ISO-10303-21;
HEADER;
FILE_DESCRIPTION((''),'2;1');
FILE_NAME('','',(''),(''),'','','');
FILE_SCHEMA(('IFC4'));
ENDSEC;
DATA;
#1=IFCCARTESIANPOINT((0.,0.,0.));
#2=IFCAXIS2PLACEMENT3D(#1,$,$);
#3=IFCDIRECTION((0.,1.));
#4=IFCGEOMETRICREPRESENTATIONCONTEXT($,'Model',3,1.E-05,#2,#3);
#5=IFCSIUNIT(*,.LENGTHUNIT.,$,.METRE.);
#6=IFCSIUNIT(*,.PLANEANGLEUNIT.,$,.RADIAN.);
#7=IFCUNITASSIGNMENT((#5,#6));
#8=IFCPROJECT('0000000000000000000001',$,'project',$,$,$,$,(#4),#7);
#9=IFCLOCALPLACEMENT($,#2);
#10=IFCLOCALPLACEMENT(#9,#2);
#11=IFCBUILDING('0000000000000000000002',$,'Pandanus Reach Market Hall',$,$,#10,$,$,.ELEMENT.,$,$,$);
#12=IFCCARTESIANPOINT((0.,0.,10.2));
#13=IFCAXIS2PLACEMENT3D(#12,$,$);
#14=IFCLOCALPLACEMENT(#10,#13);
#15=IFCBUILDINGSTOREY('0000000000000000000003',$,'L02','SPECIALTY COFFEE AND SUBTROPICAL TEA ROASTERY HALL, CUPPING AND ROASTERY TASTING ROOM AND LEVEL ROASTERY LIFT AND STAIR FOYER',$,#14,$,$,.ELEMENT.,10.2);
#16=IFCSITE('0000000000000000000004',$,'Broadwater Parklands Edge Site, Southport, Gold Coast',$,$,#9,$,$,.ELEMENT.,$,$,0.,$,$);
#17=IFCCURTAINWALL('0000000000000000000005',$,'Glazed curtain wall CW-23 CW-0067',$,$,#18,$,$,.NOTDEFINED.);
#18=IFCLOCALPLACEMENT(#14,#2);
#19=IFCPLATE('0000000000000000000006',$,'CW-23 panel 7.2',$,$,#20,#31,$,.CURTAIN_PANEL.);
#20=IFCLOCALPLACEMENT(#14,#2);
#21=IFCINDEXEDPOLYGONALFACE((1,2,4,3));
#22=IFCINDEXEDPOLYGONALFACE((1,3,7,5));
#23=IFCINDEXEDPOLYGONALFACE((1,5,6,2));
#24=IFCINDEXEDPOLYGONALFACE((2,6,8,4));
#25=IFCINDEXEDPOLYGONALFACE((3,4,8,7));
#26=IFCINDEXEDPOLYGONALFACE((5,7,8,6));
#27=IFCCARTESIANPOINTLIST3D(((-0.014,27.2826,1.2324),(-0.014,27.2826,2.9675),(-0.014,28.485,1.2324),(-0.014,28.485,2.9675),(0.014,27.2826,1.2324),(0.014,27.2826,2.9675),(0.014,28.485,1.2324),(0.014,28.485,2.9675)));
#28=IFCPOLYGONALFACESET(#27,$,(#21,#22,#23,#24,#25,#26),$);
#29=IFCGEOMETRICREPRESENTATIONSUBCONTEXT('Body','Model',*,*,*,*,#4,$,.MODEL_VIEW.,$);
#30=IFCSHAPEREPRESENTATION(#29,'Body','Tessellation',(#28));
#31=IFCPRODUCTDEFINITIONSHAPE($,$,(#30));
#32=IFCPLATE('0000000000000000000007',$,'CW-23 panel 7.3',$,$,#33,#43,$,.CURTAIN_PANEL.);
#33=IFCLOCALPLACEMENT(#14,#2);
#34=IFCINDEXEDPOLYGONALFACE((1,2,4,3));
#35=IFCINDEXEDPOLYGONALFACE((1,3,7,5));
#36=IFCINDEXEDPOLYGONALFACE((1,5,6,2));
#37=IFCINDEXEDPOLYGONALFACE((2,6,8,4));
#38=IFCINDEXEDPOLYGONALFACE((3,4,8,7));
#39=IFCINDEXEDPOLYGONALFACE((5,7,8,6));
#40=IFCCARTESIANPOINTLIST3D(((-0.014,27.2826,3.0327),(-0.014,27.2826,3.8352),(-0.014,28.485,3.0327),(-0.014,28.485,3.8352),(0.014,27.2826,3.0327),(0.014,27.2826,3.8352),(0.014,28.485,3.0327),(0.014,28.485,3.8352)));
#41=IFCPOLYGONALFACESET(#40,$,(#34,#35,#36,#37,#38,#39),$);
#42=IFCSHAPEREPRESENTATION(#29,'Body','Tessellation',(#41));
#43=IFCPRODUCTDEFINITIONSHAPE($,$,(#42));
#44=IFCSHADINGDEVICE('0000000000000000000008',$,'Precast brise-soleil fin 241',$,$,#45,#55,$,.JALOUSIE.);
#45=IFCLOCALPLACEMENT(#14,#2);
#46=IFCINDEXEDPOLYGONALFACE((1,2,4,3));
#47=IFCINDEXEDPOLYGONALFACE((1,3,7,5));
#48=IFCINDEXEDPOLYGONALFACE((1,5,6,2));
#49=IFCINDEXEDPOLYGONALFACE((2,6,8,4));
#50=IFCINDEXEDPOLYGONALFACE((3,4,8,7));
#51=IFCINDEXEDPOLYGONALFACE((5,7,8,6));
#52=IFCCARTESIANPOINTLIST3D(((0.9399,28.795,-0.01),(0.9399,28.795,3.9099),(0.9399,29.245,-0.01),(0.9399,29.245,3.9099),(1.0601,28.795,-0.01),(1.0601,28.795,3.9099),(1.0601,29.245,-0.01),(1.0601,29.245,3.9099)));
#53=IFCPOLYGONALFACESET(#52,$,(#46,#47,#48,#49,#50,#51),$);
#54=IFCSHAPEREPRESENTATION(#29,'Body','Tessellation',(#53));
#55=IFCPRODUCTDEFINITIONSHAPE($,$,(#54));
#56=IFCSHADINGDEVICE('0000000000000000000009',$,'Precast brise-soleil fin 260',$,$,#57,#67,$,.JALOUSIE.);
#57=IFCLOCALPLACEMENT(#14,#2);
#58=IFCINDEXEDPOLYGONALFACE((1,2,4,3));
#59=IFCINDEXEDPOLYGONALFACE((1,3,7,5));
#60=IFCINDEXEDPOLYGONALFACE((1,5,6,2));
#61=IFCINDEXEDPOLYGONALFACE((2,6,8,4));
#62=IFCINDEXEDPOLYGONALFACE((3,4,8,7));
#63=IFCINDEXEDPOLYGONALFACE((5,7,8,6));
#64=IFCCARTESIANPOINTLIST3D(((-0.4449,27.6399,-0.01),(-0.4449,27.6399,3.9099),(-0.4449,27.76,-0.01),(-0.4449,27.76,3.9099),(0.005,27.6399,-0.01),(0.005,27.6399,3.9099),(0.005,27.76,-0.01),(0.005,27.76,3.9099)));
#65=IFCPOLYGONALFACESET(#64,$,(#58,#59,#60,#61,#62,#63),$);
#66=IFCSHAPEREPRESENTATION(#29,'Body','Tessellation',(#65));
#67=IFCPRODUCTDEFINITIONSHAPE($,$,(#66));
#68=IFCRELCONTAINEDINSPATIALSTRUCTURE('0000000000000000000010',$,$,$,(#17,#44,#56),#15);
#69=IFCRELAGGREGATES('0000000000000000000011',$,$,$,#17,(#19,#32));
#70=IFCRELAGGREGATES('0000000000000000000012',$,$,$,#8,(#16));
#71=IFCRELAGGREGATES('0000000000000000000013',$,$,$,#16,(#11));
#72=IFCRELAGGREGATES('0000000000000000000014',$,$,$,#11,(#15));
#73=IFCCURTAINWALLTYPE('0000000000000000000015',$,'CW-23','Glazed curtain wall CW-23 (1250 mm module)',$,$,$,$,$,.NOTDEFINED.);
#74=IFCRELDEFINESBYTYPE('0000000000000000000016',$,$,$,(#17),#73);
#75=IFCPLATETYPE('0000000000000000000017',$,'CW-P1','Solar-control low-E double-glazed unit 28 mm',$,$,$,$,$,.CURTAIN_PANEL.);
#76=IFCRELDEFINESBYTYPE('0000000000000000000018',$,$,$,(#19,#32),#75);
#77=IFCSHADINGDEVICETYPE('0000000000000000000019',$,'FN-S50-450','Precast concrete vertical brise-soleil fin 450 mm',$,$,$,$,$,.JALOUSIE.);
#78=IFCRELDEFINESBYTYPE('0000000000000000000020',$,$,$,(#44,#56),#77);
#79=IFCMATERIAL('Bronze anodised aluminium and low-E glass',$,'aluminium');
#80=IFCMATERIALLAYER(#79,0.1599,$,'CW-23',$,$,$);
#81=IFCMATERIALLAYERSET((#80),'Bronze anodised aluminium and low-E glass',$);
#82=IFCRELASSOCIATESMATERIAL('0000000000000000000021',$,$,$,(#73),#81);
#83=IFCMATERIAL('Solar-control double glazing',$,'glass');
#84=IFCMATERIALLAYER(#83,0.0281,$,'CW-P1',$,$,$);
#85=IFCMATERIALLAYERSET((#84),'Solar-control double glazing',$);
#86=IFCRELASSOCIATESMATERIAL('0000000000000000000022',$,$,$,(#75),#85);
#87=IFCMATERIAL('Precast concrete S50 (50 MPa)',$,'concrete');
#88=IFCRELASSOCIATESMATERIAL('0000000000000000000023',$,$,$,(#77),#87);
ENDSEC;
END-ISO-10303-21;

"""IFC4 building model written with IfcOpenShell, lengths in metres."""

from ifc_helpers import new_model, si_unit, direction, frame, origin, origin_2d, place, context, subcontext, project, spatial, rectangle, extrude, material, layer, layer_set, type_object, element, aggregate, save


model = new_model("IFC4")

# Units and contexts
model_context = context("Model", 3, precision=1e-05, world=origin(), true_north=direction((0.0, 1.0)))
body_context = subcontext(model_context, "Body", "Model", "MODEL_VIEW")
ifc_project = project(units=[si_unit("LENGTHUNIT", "METRE"), si_unit("PLANEANGLEUNIT", "RADIAN")], contexts=[model_context])

# Site, building, storey
site_placement = place(None, origin())
site = spatial("IfcSite", under=ifc_project, at=site_placement, Name="Broadwater Parklands Edge Site, Southport, Gold Coast", CompositionType="ELEMENT", RefElevation=0.0)
building_placement = place(site_placement, origin())
building = spatial("IfcBuilding", under=site, at=building_placement, Name="Pandanus Reach Market Hall", CompositionType="ELEMENT")
storey_placement = place(building_placement, frame((0.0, 0.0, 10.2)))
storey = spatial("IfcBuildingStorey", under=building, at=storey_placement, Name="L02", Description="SPECIALTY COFFEE AND SUBTROPICAL TEA ROASTERY HALL, CUPPING AND ROASTERY TASTING ROOM AND LEVEL ROASTERY LIFT AND STAIR FOYER", CompositionType="ELEMENT", Elevation=10.2)

# Curtain wall
ifc_material_1 = material(Name="Bronze anodised aluminium and low-E glass", Category="aluminium")
ifc_layer_1 = layer(ifc_material_1, 0.1599, Name="CW-23")
ifc_layer_set_1 = layer_set([ifc_layer_1], Name="Bronze anodised aluminium and low-E glass")
curtain_wall_type_1 = type_object("IfcCurtainWallType", Name="CW-23", Description="Glazed curtain wall CW-23 (1250 mm module)", PredefinedType="NOTDEFINED", material=ifc_layer_set_1)
curtain_wall_1_placement = place(storey_placement, origin())
curtain_wall_1 = element("IfcCurtainWall", 1, at=curtain_wall_1_placement, inside=storey, type_object=curtain_wall_type_1, Name="Glazed curtain wall CW-23 CW-0067", PredefinedType="NOTDEFINED")

# Plates
ifc_material_2 = material(Name="Solar-control double glazing", Category="glass")
ifc_layer_2 = layer(ifc_material_2, 0.0281, Name="CW-P1")
ifc_layer_set_2 = layer_set([ifc_layer_2], Name="Solar-control double glazing")
plate_type = type_object("IfcPlateType", Name="CW-P1", Description="Solar-control low-E double-glazed unit 28 mm", PredefinedType="CURTAIN_PANEL", material=ifc_layer_set_2)
plate_1_placement = place(storey_placement, frame((0.0, 27.8838, 1.2324), z_axis=(0.0, 0.0, 1.0), x_axis=(0.0, 1.0, 0.0)))
plate_1 = element("IfcPlate", 2, at=plate_1_placement, type_object=plate_type, Name="CW-23 panel 7.2", PredefinedType="CURTAIN_PANEL", context=body_context, shape_type="SweptSolid", body=[
    extrude(rectangle(XDim=1.2024, YDim=0.0281, at=origin_2d()), origin(), (0.0, 0.0, 1.0), 1.7351),
])
plate_2_placement = place(storey_placement, frame((0.0, 27.8838, 3.0327), z_axis=(0.0, 0.0, 1.0), x_axis=(0.0, 1.0, 0.0)))
plate_2 = element("IfcPlate", 3, at=plate_2_placement, type_object=plate_type, Name="CW-23 panel 7.3", PredefinedType="CURTAIN_PANEL", context=body_context, shape_type="SweptSolid", body=[
    extrude(rectangle(XDim=1.2024, YDim=0.0281, at=origin_2d()), origin(), (0.0, 0.0, 1.0), 0.8025),
])
aggregate(curtain_wall_1, [plate_1, plate_2])

# Shading devices
ifc_material_3 = material(Name="Precast concrete S50 (50 MPa)", Category="concrete")
shading_device_type = type_object("IfcShadingDeviceType", Name="FN-S50-450", Description="Precast concrete vertical brise-soleil fin 450 mm", PredefinedType="JALOUSIE", material=ifc_material_3)
for number, where, z_axis, x_axis, name in (
    (4, (1.0, 29.02, -0.01), (0.0, 0.0, 1.0), (0.0, 1.0, 0.0), "Precast brise-soleil fin 241"),
    (5, (-0.22, 27.7, -0.01), (0.0, 0.0, 1.0), (-1.0, 0.0, 0.0), "Precast brise-soleil fin 260"),
):
    element("IfcShadingDevice", number, at=place(storey_placement, frame(where, z_axis=z_axis, x_axis=x_axis)), inside=storey, type_object=shading_device_type, Name=name, PredefinedType="JALOUSIE", context=body_context, shape_type="SweptSolid", body=[
        extrude(rectangle(XDim=0.45, YDim=0.1201, at=origin_2d()), origin(), (0.0, 0.0, 1.0), 3.9199),
    ])

save(model, "model.ifc")
